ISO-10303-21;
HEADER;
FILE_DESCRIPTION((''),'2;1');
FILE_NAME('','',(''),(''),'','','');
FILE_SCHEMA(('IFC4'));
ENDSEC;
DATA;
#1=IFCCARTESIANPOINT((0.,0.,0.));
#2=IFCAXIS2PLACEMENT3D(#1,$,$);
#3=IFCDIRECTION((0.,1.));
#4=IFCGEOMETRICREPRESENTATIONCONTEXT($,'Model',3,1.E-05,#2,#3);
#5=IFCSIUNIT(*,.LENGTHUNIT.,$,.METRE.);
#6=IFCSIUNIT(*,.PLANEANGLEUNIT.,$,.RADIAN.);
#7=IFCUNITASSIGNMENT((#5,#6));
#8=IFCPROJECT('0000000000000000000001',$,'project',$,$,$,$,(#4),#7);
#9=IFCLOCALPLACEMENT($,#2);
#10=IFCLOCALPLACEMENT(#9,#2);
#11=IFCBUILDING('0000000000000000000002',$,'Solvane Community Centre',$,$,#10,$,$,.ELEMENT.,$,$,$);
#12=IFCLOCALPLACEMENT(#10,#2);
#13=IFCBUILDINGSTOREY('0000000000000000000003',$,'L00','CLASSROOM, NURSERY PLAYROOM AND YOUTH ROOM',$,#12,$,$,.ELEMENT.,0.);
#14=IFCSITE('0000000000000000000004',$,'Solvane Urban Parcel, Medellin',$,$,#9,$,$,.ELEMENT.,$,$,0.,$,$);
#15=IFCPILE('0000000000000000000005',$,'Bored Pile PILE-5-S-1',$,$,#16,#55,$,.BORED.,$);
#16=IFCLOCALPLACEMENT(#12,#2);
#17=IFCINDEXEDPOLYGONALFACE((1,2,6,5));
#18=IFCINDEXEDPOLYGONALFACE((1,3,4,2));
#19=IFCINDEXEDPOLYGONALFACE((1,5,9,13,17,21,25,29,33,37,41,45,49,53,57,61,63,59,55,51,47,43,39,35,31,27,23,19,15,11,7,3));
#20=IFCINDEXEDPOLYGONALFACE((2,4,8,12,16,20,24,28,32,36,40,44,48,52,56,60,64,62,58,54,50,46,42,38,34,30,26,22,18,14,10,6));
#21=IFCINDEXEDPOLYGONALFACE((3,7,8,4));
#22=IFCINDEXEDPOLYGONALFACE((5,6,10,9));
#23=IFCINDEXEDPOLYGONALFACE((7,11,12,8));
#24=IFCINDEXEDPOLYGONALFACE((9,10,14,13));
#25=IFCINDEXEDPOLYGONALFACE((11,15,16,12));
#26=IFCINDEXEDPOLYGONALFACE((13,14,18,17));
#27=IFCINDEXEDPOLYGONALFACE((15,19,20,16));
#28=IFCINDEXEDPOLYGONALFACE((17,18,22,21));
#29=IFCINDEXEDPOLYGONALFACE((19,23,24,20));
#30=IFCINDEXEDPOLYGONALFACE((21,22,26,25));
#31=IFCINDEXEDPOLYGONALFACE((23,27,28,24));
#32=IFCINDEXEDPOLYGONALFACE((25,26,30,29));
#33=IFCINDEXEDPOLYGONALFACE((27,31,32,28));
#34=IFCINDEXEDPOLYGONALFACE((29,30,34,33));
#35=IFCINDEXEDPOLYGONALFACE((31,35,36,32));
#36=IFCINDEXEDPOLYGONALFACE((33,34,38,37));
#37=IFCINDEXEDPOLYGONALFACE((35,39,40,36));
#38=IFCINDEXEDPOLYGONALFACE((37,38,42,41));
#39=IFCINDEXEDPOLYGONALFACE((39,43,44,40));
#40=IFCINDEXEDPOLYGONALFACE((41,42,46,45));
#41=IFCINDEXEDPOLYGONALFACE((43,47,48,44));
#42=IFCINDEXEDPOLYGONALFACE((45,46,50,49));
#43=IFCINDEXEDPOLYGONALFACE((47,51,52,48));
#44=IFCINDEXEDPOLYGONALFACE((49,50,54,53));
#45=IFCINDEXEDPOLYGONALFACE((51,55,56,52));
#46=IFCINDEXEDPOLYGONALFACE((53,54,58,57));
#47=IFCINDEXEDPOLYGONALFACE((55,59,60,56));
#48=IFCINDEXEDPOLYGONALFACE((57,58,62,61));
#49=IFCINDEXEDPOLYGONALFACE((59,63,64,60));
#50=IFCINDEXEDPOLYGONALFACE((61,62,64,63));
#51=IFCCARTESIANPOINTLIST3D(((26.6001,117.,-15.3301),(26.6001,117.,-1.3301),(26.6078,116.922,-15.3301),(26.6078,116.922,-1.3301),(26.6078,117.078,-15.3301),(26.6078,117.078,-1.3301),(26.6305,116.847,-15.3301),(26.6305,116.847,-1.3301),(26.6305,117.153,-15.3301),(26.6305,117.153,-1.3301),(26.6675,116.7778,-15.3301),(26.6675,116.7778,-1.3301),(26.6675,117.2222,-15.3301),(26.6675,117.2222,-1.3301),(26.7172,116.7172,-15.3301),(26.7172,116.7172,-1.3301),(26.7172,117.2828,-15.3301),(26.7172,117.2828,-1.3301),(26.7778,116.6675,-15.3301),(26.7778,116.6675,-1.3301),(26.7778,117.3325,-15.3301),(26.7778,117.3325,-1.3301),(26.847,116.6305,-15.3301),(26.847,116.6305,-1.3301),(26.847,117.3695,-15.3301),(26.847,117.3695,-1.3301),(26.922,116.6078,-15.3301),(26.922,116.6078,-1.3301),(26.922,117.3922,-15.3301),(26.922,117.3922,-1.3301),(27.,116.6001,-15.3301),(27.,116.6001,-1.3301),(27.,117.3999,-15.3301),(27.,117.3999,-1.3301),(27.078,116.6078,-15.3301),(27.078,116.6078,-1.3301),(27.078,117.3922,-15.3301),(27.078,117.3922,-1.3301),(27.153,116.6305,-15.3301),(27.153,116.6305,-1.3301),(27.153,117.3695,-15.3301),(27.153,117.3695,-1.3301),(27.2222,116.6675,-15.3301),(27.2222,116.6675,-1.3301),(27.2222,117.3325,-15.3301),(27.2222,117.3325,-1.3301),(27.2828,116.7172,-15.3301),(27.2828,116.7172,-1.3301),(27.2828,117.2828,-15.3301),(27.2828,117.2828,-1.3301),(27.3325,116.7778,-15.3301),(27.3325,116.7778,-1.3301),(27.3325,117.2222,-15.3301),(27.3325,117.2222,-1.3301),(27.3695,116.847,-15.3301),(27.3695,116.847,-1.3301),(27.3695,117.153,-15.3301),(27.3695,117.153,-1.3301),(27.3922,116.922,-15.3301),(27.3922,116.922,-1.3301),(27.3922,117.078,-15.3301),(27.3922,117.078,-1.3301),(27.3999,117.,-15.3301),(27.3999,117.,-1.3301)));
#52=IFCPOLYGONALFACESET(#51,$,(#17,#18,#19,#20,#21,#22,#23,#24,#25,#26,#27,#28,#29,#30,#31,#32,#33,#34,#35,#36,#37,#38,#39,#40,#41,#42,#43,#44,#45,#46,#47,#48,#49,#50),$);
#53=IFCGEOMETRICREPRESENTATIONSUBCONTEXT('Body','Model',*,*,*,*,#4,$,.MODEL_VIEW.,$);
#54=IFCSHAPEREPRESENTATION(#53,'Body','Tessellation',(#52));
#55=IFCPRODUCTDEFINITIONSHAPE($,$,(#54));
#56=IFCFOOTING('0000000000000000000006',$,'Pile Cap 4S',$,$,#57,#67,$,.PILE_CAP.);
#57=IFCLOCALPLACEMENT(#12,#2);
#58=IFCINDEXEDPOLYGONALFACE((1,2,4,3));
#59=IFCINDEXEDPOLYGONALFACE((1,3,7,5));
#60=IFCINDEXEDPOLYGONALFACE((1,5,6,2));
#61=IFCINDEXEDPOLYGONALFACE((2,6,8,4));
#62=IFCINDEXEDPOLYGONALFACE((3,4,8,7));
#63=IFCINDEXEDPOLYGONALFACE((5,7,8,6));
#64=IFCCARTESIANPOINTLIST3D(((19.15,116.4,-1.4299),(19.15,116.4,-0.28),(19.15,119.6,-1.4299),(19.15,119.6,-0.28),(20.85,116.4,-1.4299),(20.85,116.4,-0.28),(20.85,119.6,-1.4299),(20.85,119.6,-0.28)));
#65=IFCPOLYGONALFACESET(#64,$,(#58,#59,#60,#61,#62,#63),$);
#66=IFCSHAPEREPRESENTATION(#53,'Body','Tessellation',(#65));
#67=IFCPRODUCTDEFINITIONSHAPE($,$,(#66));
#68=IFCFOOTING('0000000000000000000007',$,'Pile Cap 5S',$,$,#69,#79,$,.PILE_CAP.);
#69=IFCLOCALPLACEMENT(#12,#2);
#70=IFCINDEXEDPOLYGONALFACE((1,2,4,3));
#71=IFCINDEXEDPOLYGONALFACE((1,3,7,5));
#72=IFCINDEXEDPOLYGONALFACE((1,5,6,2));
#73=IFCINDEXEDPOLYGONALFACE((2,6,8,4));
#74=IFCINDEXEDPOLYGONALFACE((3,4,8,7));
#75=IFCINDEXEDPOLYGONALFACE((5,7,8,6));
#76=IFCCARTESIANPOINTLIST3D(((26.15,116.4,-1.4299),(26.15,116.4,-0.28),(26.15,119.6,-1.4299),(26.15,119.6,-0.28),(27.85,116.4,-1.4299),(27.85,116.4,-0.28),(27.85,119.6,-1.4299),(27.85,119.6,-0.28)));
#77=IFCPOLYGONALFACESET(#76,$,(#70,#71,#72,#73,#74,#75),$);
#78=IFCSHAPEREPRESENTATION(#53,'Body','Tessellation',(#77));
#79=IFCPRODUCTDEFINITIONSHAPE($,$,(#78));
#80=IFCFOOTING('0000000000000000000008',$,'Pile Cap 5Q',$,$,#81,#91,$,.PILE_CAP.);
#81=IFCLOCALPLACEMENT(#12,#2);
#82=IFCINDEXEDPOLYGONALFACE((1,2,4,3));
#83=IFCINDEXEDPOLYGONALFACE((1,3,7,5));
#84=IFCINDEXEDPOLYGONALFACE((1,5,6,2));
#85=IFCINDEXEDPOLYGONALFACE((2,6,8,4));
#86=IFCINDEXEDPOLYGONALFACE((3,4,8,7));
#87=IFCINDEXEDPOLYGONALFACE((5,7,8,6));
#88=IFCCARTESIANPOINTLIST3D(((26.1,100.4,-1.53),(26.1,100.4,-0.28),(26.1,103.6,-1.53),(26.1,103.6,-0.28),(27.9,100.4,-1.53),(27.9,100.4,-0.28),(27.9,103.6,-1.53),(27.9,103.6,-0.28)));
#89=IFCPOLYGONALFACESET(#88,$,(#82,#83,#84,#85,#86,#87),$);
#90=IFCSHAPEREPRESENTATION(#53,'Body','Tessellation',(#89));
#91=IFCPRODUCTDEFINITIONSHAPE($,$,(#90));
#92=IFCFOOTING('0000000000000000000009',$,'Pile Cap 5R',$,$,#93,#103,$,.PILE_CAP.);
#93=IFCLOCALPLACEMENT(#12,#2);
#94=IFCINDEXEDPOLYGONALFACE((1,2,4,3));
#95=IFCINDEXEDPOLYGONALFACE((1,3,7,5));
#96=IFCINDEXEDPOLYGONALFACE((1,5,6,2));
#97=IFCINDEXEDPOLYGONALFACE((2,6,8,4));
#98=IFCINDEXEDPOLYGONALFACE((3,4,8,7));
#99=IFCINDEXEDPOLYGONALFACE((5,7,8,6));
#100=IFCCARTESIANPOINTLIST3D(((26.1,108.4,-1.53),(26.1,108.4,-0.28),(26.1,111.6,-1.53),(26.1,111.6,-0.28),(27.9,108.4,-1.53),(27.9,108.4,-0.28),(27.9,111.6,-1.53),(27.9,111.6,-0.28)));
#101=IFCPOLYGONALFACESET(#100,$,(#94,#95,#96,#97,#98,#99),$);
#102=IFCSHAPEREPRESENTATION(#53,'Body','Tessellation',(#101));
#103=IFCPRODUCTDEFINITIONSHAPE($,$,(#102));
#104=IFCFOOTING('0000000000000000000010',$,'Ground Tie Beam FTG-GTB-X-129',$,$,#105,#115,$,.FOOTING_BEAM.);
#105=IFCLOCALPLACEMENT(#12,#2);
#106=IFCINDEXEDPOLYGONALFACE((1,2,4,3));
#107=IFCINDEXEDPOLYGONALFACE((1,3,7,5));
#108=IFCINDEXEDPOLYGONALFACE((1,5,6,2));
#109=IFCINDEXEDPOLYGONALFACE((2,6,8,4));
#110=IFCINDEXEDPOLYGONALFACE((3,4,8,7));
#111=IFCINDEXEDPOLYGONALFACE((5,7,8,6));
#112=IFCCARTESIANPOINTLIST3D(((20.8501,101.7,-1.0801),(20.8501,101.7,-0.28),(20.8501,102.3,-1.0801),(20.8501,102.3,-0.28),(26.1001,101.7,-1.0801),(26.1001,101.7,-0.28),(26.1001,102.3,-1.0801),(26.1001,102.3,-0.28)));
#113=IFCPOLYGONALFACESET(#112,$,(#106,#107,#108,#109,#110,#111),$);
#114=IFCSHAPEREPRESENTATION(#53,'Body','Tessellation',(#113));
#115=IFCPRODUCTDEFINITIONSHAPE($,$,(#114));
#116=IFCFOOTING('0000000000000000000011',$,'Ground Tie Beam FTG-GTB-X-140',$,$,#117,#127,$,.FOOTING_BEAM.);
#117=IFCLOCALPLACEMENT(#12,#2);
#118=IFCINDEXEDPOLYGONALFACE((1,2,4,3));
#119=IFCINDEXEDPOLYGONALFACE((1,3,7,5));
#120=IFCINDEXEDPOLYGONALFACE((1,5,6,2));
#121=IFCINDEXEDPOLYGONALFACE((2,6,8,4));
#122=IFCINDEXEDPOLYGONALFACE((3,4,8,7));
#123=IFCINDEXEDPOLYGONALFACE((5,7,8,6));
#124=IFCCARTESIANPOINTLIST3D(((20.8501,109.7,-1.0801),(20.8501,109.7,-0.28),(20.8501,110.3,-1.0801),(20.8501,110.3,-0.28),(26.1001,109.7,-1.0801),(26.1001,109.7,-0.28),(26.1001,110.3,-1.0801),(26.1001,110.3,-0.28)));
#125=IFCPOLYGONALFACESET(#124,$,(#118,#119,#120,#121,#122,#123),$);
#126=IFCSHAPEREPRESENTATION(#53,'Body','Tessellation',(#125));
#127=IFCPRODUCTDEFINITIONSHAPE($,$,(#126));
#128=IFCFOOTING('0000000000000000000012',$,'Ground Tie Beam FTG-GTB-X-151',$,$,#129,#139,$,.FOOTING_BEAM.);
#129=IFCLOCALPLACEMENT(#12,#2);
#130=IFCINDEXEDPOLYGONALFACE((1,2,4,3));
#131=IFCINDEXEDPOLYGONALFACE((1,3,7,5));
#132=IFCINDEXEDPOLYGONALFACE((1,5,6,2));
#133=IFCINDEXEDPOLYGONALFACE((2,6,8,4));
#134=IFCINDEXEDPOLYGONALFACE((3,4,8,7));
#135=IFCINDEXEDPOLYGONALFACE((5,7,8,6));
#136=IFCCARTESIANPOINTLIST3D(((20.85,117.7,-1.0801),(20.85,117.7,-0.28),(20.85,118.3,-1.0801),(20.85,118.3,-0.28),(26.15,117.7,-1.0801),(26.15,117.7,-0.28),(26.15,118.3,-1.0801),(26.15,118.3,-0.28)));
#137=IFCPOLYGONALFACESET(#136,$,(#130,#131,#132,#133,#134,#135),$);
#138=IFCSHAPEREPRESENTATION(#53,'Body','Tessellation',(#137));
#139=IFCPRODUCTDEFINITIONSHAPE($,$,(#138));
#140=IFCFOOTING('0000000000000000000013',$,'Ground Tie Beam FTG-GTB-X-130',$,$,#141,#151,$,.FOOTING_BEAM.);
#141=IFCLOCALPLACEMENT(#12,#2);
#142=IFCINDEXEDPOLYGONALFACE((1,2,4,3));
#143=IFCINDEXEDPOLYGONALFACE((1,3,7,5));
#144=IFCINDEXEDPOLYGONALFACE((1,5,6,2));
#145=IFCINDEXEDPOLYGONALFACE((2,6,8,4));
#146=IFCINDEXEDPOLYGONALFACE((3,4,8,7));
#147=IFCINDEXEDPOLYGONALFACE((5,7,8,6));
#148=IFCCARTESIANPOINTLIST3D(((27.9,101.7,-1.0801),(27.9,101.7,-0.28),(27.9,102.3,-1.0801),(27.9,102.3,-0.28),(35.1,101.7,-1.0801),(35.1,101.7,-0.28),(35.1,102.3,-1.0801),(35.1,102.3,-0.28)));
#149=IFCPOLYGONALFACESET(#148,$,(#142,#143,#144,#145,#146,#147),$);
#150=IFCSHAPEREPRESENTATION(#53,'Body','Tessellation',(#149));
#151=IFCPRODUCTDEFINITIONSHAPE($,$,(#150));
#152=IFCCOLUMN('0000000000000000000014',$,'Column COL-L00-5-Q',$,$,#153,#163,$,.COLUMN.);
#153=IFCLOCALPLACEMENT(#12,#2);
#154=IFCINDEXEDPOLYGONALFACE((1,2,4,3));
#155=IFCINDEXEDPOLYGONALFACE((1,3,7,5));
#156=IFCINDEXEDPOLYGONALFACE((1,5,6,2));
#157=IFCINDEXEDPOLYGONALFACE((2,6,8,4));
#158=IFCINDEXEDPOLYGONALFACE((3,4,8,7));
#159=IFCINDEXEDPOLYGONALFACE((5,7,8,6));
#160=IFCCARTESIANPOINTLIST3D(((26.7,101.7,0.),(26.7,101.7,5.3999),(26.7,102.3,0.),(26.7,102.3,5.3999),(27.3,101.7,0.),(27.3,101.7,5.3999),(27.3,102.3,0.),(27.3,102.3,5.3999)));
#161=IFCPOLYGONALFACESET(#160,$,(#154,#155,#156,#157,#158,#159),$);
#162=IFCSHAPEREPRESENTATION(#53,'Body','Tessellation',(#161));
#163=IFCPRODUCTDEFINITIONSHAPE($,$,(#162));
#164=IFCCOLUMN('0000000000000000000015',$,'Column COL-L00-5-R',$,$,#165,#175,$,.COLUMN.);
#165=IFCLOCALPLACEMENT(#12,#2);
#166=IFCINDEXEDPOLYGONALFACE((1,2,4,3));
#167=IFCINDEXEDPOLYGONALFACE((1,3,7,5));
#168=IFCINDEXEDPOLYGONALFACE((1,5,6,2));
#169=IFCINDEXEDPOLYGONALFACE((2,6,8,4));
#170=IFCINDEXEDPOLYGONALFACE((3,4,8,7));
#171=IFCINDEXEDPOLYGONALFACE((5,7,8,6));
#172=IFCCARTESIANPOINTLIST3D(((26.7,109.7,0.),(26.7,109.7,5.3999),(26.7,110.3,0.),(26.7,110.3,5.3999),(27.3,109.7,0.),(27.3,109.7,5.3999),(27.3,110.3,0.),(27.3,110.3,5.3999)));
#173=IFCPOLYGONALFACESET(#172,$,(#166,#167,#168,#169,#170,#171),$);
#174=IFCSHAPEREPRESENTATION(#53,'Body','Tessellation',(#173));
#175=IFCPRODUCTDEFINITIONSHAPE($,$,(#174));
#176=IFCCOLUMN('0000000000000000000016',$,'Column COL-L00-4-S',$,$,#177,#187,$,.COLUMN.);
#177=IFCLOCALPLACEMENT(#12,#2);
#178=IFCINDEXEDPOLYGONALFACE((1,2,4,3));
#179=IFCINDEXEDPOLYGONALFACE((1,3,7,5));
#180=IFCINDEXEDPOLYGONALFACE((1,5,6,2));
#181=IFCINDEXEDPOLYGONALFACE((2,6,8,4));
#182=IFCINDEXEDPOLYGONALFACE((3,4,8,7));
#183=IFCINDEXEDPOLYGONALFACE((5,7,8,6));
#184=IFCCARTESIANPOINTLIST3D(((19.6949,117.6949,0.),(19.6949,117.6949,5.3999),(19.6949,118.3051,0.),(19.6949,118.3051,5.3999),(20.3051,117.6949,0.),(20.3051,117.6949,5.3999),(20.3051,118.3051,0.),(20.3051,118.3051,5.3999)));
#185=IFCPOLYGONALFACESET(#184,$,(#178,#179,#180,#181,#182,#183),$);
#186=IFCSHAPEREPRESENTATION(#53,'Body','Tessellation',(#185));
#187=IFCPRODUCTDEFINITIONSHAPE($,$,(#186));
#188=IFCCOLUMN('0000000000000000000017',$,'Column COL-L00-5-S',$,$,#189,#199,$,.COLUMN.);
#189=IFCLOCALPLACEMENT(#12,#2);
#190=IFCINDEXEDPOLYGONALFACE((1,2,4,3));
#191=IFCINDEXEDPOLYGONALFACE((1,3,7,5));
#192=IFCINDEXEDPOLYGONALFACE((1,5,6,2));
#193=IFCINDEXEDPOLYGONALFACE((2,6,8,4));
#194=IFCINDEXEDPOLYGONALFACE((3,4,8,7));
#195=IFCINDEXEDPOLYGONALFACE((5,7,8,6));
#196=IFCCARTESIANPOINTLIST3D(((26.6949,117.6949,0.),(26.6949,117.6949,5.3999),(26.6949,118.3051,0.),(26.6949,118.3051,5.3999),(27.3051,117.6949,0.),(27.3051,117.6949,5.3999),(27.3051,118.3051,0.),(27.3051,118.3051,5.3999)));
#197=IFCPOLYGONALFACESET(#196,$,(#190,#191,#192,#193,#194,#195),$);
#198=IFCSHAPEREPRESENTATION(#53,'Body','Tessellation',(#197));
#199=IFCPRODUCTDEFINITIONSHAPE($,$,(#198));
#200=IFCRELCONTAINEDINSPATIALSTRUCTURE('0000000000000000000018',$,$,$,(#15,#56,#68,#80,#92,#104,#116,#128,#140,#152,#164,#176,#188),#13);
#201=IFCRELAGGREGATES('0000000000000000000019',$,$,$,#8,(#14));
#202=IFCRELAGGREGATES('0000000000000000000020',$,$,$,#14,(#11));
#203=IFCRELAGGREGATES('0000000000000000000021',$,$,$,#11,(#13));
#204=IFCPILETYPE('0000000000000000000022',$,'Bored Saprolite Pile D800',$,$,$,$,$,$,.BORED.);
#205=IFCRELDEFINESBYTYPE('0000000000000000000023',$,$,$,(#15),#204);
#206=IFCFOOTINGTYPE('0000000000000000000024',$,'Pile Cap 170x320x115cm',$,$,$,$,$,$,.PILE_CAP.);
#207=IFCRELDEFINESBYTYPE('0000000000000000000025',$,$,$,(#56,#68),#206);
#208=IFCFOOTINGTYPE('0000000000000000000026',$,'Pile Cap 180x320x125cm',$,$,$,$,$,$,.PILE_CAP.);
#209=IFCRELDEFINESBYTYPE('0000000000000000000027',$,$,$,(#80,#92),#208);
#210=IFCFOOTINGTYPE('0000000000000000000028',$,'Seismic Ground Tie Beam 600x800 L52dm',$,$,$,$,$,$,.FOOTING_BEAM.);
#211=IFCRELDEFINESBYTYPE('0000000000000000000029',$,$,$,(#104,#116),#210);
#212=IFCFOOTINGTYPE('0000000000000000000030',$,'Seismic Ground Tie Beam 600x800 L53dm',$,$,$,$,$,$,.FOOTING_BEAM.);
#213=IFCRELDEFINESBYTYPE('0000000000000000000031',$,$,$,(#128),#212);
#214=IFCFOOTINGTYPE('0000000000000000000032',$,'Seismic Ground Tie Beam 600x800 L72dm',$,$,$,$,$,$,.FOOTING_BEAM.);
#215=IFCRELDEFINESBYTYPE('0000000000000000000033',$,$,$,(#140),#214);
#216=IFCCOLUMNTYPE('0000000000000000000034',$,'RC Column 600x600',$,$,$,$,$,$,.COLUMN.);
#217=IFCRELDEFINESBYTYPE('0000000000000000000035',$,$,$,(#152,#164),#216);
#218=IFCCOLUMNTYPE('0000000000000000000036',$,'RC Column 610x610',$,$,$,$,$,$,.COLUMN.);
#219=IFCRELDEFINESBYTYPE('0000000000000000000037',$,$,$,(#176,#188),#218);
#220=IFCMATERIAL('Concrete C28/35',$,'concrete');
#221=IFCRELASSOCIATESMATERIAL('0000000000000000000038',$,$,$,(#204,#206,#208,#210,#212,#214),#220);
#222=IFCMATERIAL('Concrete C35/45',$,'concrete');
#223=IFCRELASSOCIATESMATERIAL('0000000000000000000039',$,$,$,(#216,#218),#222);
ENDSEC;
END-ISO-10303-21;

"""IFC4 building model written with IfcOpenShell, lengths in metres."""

from ifc_helpers import new_model, si_unit, direction, frame, origin, origin_2d, place, context, subcontext, project, spatial, rectangle, circle, extrude, material, material_profile, profile_set, type_object, element, save


model = new_model("IFC4")

# Units and contexts
model_context = context("Model", 3, precision=1e-05, world=origin(), true_north=direction((0.0, 1.0)))
body_context = subcontext(model_context, "Body", "Model", "MODEL_VIEW")
ifc_project = project(units=[si_unit("LENGTHUNIT", "METRE"), si_unit("PLANEANGLEUNIT", "RADIAN")], contexts=[model_context])

# Site, building, storey
site_placement = place(None, origin())
site = spatial("IfcSite", under=ifc_project, at=site_placement, Name="Solvane Urban Parcel, Medellin", CompositionType="ELEMENT", RefElevation=0.0)
building_placement = place(site_placement, origin())
building = spatial("IfcBuilding", under=site, at=building_placement, Name="Solvane Community Centre", CompositionType="ELEMENT")
storey_placement = place(building_placement, origin())
storey = spatial("IfcBuildingStorey", under=building, at=storey_placement, Name="L00", Description="CLASSROOM, NURSERY PLAYROOM AND YOUTH ROOM", CompositionType="ELEMENT", Elevation=0.0)

# Pile
ifc_material_1 = material(Name="Concrete C28/35", Category="concrete")
ifc_material_profile_1 = material_profile(ifc_material_1, circle(Radius=0.3999, at=origin_2d()), Name="PILE D800")
ifc_profile_set_1 = profile_set([ifc_material_profile_1], Name="Concrete C28/35")
pile_type = type_object("IfcPileType", Name="Bored Saprolite Pile D800", PredefinedType="BORED", material=ifc_profile_set_1)
for number, where, z_axis, x_axis, name in (
    (1, (27.0, 117.0, -1.3301), (0.0, 0.0, -1.0), (1.0, 0.0, 0.0), "Bored Pile PILE-5-S-1"),
):
    element("IfcPile", number, at=place(storey_placement, frame(where, z_axis=z_axis, x_axis=x_axis)), inside=storey, type_object=pile_type, Name=name, PredefinedType="BORED", context=body_context, shape_type="SweptSolid", body=[
        extrude(circle(Radius=0.3999, at=origin_2d()), origin(), (0.0, 0.0, 1.0), 14.0),
    ])

# Footings
footing_type_1 = type_object("IfcFootingType", Name="Pile Cap 170x320x115cm", PredefinedType="PILE_CAP", material=ifc_material_1)
for number, where, z_axis, x_axis, name in (
    (2, (20.0, 118.0, -1.4299), (0.0, 0.0, 1.0), (1.0, 0.0, 0.0), "Pile Cap 4S"),
    (3, (27.0, 118.0, -1.4299), (0.0, 0.0, 1.0), (1.0, 0.0, 0.0), "Pile Cap 5S"),
):
    element("IfcFooting", number, at=place(storey_placement, frame(where, z_axis=z_axis, x_axis=x_axis)), inside=storey, type_object=footing_type_1, Name=name, PredefinedType="PILE_CAP", context=body_context, shape_type="SweptSolid", body=[
        extrude(rectangle(XDim=1.7, YDim=3.2, at=origin_2d()), origin(), (0.0, 0.0, 1.0), 1.1499),
    ])
footing_type_2 = type_object("IfcFootingType", Name="Pile Cap 180x320x125cm", PredefinedType="PILE_CAP", material=ifc_material_1)
for number, where, z_axis, x_axis, name in (
    (4, (27.0, 102.0, -1.53), (0.0, 0.0, 1.0), (1.0, 0.0, 0.0), "Pile Cap 5Q"),
    (5, (27.0, 110.0, -1.53), (0.0, 0.0, 1.0), (1.0, 0.0, 0.0), "Pile Cap 5R"),
):
    element("IfcFooting", number, at=place(storey_placement, frame(where, z_axis=z_axis, x_axis=x_axis)), inside=storey, type_object=footing_type_2, Name=name, PredefinedType="PILE_CAP", context=body_context, shape_type="SweptSolid", body=[
        extrude(rectangle(XDim=1.8, YDim=3.2, at=origin_2d()), origin(), (0.0, 0.0, 1.0), 1.25),
    ])
footing_type_3 = type_object("IfcFootingType", Name="Seismic Ground Tie Beam 600x800 L52dm", PredefinedType="FOOTING_BEAM", material=ifc_material_1)
for number, where, z_axis, x_axis, name in (
    (6, (23.4751, 102.0, -1.0801), (0.0, 0.0, 1.0), (1.0, 0.0, 0.0), "Ground Tie Beam FTG-GTB-X-129"),
    (7, (23.4751, 110.0, -1.0801), (0.0, 0.0, 1.0), (1.0, 0.0, 0.0), "Ground Tie Beam FTG-GTB-X-140"),
):
    element("IfcFooting", number, at=place(storey_placement, frame(where, z_axis=z_axis, x_axis=x_axis)), inside=storey, type_object=footing_type_3, Name=name, PredefinedType="FOOTING_BEAM", context=body_context, shape_type="SweptSolid", body=[
        extrude(rectangle(XDim=5.25, YDim=0.6001, at=origin_2d()), origin(), (0.0, 0.0, 1.0), 0.8),
    ])
footing_type_4 = type_object("IfcFootingType", Name="Seismic Ground Tie Beam 600x800 L53dm", PredefinedType="FOOTING_BEAM", material=ifc_material_1)
footing_1_placement = place(storey_placement, frame((23.5, 118.0, -1.0801), z_axis=(0.0, 0.0, 1.0), x_axis=(1.0, 0.0, 0.0)))
element("IfcFooting", 8, at=footing_1_placement, inside=storey, type_object=footing_type_4, Name="Ground Tie Beam FTG-GTB-X-151", PredefinedType="FOOTING_BEAM", context=body_context, shape_type="SweptSolid", body=[
    extrude(rectangle(XDim=5.3, YDim=0.6001, at=origin_2d()), origin(), (0.0, 0.0, 1.0), 0.8),
])
footing_type_5 = type_object("IfcFootingType", Name="Seismic Ground Tie Beam 600x800 L72dm", PredefinedType="FOOTING_BEAM", material=ifc_material_1)
footing_2_placement = place(storey_placement, frame((31.5, 102.0, -1.0801), z_axis=(0.0, 0.0, 1.0), x_axis=(1.0, 0.0, 0.0)))
element("IfcFooting", 9, at=footing_2_placement, inside=storey, type_object=footing_type_5, Name="Ground Tie Beam FTG-GTB-X-130", PredefinedType="FOOTING_BEAM", context=body_context, shape_type="SweptSolid", body=[
    extrude(rectangle(XDim=7.2, YDim=0.6001, at=origin_2d()), origin(), (0.0, 0.0, 1.0), 0.8),
])

# Columns
ifc_material_2 = material(Name="Concrete C35/45", Category="concrete")
ifc_material_profile_2 = material_profile(ifc_material_2, rectangle(XDim=0.6001, YDim=0.6001, at=origin_2d()), Name="RC 600x600")
ifc_profile_set_2 = profile_set([ifc_material_profile_2], Name="Concrete C35/45")
column_type_1 = type_object("IfcColumnType", Name="RC Column 600x600", PredefinedType="COLUMN", material=ifc_profile_set_2)
for number, where, z_axis, x_axis, name in (
    (10, (27.0, 102.0, 0.0), (0.0, 0.0, 1.0), (1.0, 0.0, 0.0), "Column COL-L00-5-Q"),
    (11, (27.0, 110.0, 0.0), (0.0, 0.0, 1.0), (1.0, 0.0, 0.0), "Column COL-L00-5-R"),
):
    element("IfcColumn", number, at=place(storey_placement, frame(where, z_axis=z_axis, x_axis=x_axis)), inside=storey, type_object=column_type_1, Name=name, PredefinedType="COLUMN", context=body_context, shape_type="SweptSolid", body=[
        extrude(rectangle(XDim=0.6001, YDim=0.6001, at=origin_2d()), origin(), (0.0, 0.0, 1.0), 5.3999),
    ])
ifc_material_profile_3 = material_profile(ifc_material_2, rectangle(XDim=0.6101, YDim=0.6101, at=origin_2d()), Name="RC 610x610")
ifc_profile_set_3 = profile_set([ifc_material_profile_3], Name="Concrete C35/45")
column_type_2 = type_object("IfcColumnType", Name="RC Column 610x610", PredefinedType="COLUMN", material=ifc_profile_set_3)
for number, where, z_axis, x_axis, name in (
    (12, (20.0, 118.0, 0.0), (0.0, 0.0, 1.0), (1.0, 0.0, 0.0), "Column COL-L00-4-S"),
    (13, (27.0, 118.0, 0.0), (0.0, 0.0, 1.0), (1.0, 0.0, 0.0), "Column COL-L00-5-S"),
):
    element("IfcColumn", number, at=place(storey_placement, frame(where, z_axis=z_axis, x_axis=x_axis)), inside=storey, type_object=column_type_2, Name=name, PredefinedType="COLUMN", context=body_context, shape_type="SweptSolid", body=[
        extrude(rectangle(XDim=0.6101, YDim=0.6101, at=origin_2d()), origin(), (0.0, 0.0, 1.0), 5.3999),
    ])

save(model, "model.ifc")
